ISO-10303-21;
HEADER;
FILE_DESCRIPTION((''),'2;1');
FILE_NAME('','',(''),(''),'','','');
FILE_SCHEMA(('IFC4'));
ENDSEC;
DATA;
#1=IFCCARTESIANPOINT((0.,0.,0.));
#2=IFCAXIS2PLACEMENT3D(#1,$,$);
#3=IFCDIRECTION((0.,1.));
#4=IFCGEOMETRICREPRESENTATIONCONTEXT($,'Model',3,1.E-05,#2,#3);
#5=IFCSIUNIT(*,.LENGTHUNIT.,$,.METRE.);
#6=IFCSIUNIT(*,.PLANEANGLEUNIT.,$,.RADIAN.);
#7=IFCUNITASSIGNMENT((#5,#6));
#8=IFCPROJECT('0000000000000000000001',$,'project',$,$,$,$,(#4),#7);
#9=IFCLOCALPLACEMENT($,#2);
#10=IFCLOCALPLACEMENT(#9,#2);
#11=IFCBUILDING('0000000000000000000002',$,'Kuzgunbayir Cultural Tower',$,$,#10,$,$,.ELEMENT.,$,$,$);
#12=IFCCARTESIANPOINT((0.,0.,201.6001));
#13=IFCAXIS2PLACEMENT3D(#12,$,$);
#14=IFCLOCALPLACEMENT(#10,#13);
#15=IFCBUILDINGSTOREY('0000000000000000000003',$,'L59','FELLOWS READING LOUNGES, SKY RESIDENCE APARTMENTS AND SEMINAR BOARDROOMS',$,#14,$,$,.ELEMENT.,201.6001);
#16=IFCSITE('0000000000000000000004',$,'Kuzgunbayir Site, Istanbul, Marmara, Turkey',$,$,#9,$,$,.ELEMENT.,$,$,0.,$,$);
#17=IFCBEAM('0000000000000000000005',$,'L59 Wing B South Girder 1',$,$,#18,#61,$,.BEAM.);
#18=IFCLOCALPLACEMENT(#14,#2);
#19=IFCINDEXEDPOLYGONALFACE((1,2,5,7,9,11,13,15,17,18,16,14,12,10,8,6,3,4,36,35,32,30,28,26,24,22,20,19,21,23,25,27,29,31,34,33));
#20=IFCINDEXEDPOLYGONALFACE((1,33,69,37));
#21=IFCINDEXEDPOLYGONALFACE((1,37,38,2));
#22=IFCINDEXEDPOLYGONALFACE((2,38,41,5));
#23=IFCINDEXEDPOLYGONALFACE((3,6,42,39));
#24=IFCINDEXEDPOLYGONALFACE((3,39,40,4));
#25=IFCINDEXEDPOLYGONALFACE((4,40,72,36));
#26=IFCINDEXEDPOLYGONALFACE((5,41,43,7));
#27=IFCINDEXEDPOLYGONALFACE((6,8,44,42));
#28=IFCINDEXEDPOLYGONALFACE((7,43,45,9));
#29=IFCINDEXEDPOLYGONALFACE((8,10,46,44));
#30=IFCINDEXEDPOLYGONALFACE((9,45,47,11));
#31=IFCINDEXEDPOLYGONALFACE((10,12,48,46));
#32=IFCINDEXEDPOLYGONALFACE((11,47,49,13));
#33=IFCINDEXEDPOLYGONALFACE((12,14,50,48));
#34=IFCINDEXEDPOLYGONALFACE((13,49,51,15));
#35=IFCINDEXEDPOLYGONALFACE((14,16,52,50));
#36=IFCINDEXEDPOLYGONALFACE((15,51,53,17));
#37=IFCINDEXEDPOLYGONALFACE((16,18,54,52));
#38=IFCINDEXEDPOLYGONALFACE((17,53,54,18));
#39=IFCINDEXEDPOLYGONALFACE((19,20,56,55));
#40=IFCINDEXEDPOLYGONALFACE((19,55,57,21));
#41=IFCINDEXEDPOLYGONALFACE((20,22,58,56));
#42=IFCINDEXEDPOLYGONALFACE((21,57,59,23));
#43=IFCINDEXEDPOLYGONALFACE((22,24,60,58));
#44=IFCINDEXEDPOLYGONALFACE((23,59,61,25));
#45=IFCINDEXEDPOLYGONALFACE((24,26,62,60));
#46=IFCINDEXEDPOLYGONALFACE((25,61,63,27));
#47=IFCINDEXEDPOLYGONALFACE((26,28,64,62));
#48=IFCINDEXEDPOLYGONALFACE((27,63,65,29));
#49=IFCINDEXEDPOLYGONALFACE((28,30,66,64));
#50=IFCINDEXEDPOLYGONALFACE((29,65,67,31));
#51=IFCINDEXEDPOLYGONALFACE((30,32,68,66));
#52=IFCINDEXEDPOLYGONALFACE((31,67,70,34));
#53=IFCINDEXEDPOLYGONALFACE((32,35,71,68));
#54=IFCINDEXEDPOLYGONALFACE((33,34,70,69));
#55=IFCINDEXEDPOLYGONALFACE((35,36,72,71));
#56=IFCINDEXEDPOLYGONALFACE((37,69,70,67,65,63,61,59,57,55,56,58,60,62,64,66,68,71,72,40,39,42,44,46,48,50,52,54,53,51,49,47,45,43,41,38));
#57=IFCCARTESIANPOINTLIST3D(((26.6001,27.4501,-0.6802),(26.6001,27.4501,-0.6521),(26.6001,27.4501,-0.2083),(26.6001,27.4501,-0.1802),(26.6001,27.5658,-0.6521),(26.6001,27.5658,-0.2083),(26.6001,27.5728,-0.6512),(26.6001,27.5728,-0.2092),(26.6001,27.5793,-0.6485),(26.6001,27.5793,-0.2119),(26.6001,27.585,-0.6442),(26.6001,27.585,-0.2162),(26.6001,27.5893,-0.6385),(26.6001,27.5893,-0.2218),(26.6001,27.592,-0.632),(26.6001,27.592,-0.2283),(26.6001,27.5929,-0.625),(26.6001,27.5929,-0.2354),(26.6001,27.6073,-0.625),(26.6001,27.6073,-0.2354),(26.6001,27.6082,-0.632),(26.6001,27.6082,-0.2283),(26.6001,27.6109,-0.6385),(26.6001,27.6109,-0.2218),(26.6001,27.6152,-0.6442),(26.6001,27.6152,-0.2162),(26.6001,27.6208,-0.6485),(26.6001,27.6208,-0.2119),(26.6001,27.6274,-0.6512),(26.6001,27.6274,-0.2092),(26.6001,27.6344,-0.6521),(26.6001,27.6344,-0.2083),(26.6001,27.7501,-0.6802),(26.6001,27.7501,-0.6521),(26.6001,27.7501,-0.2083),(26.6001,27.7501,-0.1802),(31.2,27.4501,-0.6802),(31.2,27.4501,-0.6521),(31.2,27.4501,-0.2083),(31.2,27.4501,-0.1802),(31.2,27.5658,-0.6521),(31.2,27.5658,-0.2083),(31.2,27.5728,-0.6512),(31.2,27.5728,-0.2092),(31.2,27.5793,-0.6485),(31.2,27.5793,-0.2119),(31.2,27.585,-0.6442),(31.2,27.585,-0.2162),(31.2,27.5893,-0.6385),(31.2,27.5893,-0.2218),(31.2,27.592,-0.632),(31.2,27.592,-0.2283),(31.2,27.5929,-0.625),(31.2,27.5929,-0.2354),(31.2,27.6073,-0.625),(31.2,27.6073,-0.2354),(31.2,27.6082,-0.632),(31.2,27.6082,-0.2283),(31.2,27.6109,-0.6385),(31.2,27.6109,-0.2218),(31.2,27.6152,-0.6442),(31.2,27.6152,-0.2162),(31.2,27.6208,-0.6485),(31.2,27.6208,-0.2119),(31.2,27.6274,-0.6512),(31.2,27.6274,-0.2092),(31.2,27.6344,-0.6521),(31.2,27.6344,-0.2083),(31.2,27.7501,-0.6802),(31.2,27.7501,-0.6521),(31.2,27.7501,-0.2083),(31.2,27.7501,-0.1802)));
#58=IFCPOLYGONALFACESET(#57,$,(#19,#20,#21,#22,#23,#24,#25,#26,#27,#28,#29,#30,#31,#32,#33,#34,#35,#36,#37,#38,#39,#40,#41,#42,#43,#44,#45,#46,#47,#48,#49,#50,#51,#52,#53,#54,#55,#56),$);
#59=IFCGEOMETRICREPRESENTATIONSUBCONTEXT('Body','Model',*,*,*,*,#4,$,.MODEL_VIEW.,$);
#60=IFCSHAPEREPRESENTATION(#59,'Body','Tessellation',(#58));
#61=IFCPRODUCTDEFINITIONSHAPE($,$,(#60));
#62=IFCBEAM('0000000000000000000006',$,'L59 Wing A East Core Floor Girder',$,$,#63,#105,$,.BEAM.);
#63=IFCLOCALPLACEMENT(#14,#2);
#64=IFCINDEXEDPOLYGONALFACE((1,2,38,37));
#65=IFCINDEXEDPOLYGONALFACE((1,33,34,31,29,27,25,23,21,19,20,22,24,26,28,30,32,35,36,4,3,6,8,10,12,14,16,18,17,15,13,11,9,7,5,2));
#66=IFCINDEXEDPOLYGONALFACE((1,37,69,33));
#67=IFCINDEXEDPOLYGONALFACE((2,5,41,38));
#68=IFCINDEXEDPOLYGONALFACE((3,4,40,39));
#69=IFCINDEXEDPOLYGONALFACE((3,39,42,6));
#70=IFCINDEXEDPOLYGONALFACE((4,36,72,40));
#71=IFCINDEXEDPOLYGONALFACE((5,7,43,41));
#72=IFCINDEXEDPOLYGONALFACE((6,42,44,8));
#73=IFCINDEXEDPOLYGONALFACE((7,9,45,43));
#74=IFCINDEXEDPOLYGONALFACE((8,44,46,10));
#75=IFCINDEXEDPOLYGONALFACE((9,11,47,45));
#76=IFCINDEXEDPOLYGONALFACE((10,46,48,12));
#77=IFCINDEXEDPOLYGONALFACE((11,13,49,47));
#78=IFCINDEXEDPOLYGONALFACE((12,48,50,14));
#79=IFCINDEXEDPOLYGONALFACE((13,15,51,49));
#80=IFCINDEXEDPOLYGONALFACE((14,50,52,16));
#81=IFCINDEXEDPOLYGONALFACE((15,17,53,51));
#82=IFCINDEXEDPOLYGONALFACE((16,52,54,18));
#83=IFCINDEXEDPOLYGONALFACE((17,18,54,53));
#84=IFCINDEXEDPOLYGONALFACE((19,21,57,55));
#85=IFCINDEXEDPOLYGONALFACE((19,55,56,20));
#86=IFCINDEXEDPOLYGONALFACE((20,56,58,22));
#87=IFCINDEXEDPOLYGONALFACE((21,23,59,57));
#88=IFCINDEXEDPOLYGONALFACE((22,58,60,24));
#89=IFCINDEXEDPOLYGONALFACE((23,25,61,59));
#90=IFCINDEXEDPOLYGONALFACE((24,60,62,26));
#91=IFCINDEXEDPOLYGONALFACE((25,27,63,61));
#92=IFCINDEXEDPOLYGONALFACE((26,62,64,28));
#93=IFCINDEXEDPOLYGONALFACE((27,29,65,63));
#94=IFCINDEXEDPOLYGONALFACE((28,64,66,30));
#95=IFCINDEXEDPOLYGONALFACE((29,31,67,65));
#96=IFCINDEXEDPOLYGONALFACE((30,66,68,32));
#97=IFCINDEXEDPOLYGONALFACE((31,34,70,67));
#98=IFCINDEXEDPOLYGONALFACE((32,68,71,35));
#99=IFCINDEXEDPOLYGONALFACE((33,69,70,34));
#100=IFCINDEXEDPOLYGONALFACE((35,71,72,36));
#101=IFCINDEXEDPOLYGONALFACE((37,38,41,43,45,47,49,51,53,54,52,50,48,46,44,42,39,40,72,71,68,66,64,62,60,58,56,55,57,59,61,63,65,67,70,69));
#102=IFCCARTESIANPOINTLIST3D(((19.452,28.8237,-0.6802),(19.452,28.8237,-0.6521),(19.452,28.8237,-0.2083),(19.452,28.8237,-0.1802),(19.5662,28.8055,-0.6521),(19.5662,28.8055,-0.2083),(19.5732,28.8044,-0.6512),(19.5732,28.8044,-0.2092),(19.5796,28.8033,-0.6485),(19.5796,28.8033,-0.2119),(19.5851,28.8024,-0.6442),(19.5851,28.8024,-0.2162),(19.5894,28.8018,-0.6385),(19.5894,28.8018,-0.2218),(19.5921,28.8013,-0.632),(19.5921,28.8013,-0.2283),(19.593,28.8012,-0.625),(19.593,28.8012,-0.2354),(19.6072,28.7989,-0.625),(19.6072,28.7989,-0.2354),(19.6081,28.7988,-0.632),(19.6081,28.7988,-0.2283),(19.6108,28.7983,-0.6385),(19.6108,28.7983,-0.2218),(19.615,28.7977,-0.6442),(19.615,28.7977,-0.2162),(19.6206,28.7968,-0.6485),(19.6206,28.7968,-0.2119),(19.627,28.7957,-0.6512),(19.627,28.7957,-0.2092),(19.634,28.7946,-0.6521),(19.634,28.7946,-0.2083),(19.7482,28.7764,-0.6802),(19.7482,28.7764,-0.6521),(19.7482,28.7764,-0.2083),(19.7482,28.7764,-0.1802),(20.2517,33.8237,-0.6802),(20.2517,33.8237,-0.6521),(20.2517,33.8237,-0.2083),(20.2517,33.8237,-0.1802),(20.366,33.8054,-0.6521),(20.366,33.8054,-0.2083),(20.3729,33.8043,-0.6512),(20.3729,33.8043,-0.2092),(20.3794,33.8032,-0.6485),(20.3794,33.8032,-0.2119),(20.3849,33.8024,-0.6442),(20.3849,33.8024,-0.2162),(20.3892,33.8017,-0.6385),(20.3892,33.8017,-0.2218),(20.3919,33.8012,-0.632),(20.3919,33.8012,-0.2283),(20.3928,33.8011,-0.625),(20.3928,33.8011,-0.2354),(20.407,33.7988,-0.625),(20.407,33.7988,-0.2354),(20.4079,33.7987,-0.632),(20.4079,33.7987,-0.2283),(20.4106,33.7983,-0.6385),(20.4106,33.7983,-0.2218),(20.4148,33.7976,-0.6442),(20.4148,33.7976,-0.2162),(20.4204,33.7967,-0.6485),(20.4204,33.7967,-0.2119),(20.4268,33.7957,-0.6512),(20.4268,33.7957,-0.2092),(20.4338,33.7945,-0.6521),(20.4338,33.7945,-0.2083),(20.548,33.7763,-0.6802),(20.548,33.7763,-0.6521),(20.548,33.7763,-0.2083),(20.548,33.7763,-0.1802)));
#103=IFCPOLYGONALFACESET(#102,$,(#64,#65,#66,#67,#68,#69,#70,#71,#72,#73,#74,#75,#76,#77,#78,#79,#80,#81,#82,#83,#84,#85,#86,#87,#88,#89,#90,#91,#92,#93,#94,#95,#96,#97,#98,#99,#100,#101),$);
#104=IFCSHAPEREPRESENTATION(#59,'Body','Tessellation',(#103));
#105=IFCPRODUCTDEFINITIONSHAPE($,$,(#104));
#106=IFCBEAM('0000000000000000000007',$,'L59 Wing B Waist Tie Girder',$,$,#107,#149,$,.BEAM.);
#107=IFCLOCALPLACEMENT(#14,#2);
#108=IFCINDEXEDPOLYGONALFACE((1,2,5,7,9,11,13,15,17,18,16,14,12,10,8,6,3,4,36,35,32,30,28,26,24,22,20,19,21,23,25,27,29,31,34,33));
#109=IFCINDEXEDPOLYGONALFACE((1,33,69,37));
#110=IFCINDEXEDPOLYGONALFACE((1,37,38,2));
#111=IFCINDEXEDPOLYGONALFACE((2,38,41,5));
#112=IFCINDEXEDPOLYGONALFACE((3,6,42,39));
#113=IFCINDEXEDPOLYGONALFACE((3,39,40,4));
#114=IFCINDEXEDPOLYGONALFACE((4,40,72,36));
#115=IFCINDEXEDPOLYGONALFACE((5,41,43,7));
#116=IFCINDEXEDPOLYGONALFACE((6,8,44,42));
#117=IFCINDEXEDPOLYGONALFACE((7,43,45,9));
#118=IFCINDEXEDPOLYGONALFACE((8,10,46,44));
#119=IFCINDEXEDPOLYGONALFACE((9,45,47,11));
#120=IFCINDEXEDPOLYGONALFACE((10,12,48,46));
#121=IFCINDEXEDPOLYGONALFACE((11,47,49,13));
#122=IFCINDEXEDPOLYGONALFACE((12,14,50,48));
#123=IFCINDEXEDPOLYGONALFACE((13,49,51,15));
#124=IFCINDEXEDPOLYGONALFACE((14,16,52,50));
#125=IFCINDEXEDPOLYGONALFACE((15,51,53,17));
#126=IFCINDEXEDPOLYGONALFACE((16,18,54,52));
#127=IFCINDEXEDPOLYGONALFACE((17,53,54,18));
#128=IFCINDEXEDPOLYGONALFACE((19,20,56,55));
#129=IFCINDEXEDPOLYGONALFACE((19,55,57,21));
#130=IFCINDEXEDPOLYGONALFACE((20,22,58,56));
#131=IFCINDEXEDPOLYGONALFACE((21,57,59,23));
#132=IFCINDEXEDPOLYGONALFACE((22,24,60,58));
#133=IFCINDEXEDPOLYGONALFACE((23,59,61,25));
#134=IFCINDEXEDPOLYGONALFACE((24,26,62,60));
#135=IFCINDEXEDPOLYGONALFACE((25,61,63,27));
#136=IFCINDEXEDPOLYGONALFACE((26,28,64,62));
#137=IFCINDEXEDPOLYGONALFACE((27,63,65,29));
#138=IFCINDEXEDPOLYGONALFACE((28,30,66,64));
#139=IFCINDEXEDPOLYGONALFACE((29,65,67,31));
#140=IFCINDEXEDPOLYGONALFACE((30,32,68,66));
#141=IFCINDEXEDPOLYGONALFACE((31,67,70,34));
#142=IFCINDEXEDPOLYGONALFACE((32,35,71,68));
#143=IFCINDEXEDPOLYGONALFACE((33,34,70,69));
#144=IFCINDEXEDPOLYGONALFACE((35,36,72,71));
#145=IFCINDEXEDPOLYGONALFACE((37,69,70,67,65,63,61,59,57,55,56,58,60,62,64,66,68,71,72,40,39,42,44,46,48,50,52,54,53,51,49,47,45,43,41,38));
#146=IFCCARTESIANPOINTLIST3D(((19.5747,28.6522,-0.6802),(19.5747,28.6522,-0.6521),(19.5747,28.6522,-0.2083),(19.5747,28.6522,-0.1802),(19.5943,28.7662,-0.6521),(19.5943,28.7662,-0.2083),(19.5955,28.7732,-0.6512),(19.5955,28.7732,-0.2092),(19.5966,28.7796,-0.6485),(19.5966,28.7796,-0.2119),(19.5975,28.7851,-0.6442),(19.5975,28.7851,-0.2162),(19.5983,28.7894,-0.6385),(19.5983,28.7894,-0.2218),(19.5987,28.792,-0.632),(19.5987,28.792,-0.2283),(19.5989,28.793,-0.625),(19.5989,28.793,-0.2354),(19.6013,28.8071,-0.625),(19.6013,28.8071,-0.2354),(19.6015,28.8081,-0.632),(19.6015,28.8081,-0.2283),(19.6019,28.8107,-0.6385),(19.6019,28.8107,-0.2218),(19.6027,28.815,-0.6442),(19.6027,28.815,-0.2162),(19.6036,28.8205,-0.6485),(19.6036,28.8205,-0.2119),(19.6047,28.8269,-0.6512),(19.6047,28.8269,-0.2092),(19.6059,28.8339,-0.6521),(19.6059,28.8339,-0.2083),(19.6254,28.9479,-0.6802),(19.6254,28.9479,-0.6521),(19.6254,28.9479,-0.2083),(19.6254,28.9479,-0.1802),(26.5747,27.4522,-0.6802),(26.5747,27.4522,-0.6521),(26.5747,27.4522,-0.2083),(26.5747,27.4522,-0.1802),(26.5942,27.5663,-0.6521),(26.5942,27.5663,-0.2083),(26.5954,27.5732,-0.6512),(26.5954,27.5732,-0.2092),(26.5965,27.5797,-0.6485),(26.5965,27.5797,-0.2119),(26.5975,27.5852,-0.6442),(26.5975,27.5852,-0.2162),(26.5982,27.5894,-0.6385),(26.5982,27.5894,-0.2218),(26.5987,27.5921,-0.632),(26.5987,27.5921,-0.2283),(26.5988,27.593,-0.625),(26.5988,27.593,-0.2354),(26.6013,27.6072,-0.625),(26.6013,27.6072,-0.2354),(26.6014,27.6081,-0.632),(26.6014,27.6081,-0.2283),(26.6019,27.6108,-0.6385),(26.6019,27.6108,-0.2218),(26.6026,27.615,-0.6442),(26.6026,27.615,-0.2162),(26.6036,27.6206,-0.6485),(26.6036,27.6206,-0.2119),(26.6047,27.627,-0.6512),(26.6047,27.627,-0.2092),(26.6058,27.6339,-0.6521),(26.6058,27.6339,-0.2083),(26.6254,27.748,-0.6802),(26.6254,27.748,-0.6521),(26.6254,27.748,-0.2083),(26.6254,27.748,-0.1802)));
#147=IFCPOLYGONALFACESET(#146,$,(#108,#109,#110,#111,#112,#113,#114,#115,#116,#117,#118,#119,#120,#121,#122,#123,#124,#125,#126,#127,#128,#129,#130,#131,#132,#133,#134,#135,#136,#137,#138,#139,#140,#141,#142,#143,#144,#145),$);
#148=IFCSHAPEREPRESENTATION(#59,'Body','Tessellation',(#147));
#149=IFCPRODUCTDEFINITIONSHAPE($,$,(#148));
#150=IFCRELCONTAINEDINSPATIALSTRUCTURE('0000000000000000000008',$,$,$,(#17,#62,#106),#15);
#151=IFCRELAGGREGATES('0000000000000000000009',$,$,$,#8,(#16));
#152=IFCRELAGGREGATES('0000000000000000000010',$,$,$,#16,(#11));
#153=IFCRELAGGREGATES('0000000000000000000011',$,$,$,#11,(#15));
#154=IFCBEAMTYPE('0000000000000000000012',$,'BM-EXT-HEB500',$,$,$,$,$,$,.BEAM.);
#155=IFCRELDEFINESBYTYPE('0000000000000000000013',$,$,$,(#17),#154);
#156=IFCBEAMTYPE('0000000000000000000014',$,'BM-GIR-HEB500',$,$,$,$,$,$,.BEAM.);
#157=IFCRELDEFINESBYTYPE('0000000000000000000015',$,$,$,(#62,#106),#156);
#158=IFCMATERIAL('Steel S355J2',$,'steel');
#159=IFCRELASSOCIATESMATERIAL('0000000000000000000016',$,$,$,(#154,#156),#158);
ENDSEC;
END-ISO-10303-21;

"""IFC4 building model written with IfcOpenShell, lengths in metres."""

from ifc_helpers import new_model, si_unit, direction, frame, origin, origin_2d, place, context, subcontext, project, spatial, i_section, extrude, material, material_profile, profile_set, type_object, element, save


model = new_model("IFC4")

# Units and contexts
model_context = context("Model", 3, precision=1e-05, world=origin(), true_north=direction((0.0, 1.0)))
body_context = subcontext(model_context, "Body", "Model", "MODEL_VIEW")
ifc_project = project(units=[si_unit("LENGTHUNIT", "METRE"), si_unit("PLANEANGLEUNIT", "RADIAN")], contexts=[model_context])

# Site, building, storey
site_placement = place(None, origin())
site = spatial("IfcSite", under=ifc_project, at=site_placement, Name="Kuzgunbayir Site, Istanbul, Marmara, Turkey", CompositionType="ELEMENT", RefElevation=0.0)
building_placement = place(site_placement, origin())
building = spatial("IfcBuilding", under=site, at=building_placement, Name="Kuzgunbayir Cultural Tower", CompositionType="ELEMENT")
storey_placement = place(building_placement, frame((0.0, 0.0, 201.6001)))
storey = spatial("IfcBuildingStorey", under=building, at=storey_placement, Name="L59", Description="FELLOWS READING LOUNGES, SKY RESIDENCE APARTMENTS AND SEMINAR BOARDROOMS", CompositionType="ELEMENT", Elevation=201.6001)

# Beams
ifc_material_1 = material(Name="Steel S355J2", Category="steel")
ifc_material_profile_1 = material_profile(ifc_material_1, i_section(OverallWidth=0.3, OverallDepth=0.5, WebThickness=0.0144, FlangeThickness=0.0281, FilletRadius=0.0271, at=origin_2d()), Name="HEB 500")
ifc_profile_set_1 = profile_set([ifc_material_profile_1], Name="Steel S355J2")
beam_type_1 = type_object("IfcBeamType", Name="BM-EXT-HEB500", PredefinedType="BEAM", material=ifc_profile_set_1)
beam_1_placement = place(storey_placement, frame((26.6001, 27.6001, -0.4302), z_axis=(1.0, 0.0, 0.0), x_axis=(0.0, 1.0, 0.0)))
element("IfcBeam", 1, at=beam_1_placement, inside=storey, type_object=beam_type_1, Name="L59 Wing B South Girder 1", PredefinedType="BEAM", context=body_context, shape_type="SweptSolid", body=[
    extrude(i_section(OverallWidth=0.3, OverallDepth=0.5, WebThickness=0.0144, FlangeThickness=0.0281, FilletRadius=0.0271, at=origin_2d()), origin(), (0.0, 0.0, 1.0), 4.5999),
])
ifc_material_profile_2 = material_profile(ifc_material_1, i_section(OverallWidth=0.3, OverallDepth=0.5, WebThickness=0.0144, FlangeThickness=0.0281, FilletRadius=0.0271, at=origin_2d()), Name="HEB 500")
ifc_profile_set_2 = profile_set([ifc_material_profile_2], Name="Steel S355J2")
beam_type_2 = type_object("IfcBeamType", Name="BM-GIR-HEB500", PredefinedType="BEAM", material=ifc_profile_set_2)
beam_2_placement = place(storey_placement, frame((19.6001, 28.8, -0.4302), z_axis=(0.157953, 0.987447, 0.0), x_axis=(-0.987447, 0.157953, 0.0)))
element("IfcBeam", 2, at=beam_2_placement, inside=storey, type_object=beam_type_2, Name="L59 Wing A East Core Floor Girder", PredefinedType="BEAM", context=body_context, shape_type="SweptSolid", body=[
    extrude(i_section(OverallWidth=0.3, OverallDepth=0.5, WebThickness=0.0144, FlangeThickness=0.0281, FilletRadius=0.0271, at=origin_2d()), origin(), (0.0, 0.0, 1.0), 5.0635),
])
beam_3_placement = place(storey_placement, frame((19.6001, 28.8, -0.4302), z_axis=(0.985623, -0.168957, 0.0), x_axis=(0.168957, 0.985623, 0.0)))
element("IfcBeam", 3, at=beam_3_placement, inside=storey, type_object=beam_type_2, Name="L59 Wing B Waist Tie Girder", PredefinedType="BEAM", context=body_context, shape_type="SweptSolid", body=[
    extrude(i_section(OverallWidth=0.3, OverallDepth=0.5, WebThickness=0.0144, FlangeThickness=0.0281, FilletRadius=0.0271, at=origin_2d()), origin(), (0.0, 0.0, 1.0), 7.1021),
])

save(model, "model.ifc")
